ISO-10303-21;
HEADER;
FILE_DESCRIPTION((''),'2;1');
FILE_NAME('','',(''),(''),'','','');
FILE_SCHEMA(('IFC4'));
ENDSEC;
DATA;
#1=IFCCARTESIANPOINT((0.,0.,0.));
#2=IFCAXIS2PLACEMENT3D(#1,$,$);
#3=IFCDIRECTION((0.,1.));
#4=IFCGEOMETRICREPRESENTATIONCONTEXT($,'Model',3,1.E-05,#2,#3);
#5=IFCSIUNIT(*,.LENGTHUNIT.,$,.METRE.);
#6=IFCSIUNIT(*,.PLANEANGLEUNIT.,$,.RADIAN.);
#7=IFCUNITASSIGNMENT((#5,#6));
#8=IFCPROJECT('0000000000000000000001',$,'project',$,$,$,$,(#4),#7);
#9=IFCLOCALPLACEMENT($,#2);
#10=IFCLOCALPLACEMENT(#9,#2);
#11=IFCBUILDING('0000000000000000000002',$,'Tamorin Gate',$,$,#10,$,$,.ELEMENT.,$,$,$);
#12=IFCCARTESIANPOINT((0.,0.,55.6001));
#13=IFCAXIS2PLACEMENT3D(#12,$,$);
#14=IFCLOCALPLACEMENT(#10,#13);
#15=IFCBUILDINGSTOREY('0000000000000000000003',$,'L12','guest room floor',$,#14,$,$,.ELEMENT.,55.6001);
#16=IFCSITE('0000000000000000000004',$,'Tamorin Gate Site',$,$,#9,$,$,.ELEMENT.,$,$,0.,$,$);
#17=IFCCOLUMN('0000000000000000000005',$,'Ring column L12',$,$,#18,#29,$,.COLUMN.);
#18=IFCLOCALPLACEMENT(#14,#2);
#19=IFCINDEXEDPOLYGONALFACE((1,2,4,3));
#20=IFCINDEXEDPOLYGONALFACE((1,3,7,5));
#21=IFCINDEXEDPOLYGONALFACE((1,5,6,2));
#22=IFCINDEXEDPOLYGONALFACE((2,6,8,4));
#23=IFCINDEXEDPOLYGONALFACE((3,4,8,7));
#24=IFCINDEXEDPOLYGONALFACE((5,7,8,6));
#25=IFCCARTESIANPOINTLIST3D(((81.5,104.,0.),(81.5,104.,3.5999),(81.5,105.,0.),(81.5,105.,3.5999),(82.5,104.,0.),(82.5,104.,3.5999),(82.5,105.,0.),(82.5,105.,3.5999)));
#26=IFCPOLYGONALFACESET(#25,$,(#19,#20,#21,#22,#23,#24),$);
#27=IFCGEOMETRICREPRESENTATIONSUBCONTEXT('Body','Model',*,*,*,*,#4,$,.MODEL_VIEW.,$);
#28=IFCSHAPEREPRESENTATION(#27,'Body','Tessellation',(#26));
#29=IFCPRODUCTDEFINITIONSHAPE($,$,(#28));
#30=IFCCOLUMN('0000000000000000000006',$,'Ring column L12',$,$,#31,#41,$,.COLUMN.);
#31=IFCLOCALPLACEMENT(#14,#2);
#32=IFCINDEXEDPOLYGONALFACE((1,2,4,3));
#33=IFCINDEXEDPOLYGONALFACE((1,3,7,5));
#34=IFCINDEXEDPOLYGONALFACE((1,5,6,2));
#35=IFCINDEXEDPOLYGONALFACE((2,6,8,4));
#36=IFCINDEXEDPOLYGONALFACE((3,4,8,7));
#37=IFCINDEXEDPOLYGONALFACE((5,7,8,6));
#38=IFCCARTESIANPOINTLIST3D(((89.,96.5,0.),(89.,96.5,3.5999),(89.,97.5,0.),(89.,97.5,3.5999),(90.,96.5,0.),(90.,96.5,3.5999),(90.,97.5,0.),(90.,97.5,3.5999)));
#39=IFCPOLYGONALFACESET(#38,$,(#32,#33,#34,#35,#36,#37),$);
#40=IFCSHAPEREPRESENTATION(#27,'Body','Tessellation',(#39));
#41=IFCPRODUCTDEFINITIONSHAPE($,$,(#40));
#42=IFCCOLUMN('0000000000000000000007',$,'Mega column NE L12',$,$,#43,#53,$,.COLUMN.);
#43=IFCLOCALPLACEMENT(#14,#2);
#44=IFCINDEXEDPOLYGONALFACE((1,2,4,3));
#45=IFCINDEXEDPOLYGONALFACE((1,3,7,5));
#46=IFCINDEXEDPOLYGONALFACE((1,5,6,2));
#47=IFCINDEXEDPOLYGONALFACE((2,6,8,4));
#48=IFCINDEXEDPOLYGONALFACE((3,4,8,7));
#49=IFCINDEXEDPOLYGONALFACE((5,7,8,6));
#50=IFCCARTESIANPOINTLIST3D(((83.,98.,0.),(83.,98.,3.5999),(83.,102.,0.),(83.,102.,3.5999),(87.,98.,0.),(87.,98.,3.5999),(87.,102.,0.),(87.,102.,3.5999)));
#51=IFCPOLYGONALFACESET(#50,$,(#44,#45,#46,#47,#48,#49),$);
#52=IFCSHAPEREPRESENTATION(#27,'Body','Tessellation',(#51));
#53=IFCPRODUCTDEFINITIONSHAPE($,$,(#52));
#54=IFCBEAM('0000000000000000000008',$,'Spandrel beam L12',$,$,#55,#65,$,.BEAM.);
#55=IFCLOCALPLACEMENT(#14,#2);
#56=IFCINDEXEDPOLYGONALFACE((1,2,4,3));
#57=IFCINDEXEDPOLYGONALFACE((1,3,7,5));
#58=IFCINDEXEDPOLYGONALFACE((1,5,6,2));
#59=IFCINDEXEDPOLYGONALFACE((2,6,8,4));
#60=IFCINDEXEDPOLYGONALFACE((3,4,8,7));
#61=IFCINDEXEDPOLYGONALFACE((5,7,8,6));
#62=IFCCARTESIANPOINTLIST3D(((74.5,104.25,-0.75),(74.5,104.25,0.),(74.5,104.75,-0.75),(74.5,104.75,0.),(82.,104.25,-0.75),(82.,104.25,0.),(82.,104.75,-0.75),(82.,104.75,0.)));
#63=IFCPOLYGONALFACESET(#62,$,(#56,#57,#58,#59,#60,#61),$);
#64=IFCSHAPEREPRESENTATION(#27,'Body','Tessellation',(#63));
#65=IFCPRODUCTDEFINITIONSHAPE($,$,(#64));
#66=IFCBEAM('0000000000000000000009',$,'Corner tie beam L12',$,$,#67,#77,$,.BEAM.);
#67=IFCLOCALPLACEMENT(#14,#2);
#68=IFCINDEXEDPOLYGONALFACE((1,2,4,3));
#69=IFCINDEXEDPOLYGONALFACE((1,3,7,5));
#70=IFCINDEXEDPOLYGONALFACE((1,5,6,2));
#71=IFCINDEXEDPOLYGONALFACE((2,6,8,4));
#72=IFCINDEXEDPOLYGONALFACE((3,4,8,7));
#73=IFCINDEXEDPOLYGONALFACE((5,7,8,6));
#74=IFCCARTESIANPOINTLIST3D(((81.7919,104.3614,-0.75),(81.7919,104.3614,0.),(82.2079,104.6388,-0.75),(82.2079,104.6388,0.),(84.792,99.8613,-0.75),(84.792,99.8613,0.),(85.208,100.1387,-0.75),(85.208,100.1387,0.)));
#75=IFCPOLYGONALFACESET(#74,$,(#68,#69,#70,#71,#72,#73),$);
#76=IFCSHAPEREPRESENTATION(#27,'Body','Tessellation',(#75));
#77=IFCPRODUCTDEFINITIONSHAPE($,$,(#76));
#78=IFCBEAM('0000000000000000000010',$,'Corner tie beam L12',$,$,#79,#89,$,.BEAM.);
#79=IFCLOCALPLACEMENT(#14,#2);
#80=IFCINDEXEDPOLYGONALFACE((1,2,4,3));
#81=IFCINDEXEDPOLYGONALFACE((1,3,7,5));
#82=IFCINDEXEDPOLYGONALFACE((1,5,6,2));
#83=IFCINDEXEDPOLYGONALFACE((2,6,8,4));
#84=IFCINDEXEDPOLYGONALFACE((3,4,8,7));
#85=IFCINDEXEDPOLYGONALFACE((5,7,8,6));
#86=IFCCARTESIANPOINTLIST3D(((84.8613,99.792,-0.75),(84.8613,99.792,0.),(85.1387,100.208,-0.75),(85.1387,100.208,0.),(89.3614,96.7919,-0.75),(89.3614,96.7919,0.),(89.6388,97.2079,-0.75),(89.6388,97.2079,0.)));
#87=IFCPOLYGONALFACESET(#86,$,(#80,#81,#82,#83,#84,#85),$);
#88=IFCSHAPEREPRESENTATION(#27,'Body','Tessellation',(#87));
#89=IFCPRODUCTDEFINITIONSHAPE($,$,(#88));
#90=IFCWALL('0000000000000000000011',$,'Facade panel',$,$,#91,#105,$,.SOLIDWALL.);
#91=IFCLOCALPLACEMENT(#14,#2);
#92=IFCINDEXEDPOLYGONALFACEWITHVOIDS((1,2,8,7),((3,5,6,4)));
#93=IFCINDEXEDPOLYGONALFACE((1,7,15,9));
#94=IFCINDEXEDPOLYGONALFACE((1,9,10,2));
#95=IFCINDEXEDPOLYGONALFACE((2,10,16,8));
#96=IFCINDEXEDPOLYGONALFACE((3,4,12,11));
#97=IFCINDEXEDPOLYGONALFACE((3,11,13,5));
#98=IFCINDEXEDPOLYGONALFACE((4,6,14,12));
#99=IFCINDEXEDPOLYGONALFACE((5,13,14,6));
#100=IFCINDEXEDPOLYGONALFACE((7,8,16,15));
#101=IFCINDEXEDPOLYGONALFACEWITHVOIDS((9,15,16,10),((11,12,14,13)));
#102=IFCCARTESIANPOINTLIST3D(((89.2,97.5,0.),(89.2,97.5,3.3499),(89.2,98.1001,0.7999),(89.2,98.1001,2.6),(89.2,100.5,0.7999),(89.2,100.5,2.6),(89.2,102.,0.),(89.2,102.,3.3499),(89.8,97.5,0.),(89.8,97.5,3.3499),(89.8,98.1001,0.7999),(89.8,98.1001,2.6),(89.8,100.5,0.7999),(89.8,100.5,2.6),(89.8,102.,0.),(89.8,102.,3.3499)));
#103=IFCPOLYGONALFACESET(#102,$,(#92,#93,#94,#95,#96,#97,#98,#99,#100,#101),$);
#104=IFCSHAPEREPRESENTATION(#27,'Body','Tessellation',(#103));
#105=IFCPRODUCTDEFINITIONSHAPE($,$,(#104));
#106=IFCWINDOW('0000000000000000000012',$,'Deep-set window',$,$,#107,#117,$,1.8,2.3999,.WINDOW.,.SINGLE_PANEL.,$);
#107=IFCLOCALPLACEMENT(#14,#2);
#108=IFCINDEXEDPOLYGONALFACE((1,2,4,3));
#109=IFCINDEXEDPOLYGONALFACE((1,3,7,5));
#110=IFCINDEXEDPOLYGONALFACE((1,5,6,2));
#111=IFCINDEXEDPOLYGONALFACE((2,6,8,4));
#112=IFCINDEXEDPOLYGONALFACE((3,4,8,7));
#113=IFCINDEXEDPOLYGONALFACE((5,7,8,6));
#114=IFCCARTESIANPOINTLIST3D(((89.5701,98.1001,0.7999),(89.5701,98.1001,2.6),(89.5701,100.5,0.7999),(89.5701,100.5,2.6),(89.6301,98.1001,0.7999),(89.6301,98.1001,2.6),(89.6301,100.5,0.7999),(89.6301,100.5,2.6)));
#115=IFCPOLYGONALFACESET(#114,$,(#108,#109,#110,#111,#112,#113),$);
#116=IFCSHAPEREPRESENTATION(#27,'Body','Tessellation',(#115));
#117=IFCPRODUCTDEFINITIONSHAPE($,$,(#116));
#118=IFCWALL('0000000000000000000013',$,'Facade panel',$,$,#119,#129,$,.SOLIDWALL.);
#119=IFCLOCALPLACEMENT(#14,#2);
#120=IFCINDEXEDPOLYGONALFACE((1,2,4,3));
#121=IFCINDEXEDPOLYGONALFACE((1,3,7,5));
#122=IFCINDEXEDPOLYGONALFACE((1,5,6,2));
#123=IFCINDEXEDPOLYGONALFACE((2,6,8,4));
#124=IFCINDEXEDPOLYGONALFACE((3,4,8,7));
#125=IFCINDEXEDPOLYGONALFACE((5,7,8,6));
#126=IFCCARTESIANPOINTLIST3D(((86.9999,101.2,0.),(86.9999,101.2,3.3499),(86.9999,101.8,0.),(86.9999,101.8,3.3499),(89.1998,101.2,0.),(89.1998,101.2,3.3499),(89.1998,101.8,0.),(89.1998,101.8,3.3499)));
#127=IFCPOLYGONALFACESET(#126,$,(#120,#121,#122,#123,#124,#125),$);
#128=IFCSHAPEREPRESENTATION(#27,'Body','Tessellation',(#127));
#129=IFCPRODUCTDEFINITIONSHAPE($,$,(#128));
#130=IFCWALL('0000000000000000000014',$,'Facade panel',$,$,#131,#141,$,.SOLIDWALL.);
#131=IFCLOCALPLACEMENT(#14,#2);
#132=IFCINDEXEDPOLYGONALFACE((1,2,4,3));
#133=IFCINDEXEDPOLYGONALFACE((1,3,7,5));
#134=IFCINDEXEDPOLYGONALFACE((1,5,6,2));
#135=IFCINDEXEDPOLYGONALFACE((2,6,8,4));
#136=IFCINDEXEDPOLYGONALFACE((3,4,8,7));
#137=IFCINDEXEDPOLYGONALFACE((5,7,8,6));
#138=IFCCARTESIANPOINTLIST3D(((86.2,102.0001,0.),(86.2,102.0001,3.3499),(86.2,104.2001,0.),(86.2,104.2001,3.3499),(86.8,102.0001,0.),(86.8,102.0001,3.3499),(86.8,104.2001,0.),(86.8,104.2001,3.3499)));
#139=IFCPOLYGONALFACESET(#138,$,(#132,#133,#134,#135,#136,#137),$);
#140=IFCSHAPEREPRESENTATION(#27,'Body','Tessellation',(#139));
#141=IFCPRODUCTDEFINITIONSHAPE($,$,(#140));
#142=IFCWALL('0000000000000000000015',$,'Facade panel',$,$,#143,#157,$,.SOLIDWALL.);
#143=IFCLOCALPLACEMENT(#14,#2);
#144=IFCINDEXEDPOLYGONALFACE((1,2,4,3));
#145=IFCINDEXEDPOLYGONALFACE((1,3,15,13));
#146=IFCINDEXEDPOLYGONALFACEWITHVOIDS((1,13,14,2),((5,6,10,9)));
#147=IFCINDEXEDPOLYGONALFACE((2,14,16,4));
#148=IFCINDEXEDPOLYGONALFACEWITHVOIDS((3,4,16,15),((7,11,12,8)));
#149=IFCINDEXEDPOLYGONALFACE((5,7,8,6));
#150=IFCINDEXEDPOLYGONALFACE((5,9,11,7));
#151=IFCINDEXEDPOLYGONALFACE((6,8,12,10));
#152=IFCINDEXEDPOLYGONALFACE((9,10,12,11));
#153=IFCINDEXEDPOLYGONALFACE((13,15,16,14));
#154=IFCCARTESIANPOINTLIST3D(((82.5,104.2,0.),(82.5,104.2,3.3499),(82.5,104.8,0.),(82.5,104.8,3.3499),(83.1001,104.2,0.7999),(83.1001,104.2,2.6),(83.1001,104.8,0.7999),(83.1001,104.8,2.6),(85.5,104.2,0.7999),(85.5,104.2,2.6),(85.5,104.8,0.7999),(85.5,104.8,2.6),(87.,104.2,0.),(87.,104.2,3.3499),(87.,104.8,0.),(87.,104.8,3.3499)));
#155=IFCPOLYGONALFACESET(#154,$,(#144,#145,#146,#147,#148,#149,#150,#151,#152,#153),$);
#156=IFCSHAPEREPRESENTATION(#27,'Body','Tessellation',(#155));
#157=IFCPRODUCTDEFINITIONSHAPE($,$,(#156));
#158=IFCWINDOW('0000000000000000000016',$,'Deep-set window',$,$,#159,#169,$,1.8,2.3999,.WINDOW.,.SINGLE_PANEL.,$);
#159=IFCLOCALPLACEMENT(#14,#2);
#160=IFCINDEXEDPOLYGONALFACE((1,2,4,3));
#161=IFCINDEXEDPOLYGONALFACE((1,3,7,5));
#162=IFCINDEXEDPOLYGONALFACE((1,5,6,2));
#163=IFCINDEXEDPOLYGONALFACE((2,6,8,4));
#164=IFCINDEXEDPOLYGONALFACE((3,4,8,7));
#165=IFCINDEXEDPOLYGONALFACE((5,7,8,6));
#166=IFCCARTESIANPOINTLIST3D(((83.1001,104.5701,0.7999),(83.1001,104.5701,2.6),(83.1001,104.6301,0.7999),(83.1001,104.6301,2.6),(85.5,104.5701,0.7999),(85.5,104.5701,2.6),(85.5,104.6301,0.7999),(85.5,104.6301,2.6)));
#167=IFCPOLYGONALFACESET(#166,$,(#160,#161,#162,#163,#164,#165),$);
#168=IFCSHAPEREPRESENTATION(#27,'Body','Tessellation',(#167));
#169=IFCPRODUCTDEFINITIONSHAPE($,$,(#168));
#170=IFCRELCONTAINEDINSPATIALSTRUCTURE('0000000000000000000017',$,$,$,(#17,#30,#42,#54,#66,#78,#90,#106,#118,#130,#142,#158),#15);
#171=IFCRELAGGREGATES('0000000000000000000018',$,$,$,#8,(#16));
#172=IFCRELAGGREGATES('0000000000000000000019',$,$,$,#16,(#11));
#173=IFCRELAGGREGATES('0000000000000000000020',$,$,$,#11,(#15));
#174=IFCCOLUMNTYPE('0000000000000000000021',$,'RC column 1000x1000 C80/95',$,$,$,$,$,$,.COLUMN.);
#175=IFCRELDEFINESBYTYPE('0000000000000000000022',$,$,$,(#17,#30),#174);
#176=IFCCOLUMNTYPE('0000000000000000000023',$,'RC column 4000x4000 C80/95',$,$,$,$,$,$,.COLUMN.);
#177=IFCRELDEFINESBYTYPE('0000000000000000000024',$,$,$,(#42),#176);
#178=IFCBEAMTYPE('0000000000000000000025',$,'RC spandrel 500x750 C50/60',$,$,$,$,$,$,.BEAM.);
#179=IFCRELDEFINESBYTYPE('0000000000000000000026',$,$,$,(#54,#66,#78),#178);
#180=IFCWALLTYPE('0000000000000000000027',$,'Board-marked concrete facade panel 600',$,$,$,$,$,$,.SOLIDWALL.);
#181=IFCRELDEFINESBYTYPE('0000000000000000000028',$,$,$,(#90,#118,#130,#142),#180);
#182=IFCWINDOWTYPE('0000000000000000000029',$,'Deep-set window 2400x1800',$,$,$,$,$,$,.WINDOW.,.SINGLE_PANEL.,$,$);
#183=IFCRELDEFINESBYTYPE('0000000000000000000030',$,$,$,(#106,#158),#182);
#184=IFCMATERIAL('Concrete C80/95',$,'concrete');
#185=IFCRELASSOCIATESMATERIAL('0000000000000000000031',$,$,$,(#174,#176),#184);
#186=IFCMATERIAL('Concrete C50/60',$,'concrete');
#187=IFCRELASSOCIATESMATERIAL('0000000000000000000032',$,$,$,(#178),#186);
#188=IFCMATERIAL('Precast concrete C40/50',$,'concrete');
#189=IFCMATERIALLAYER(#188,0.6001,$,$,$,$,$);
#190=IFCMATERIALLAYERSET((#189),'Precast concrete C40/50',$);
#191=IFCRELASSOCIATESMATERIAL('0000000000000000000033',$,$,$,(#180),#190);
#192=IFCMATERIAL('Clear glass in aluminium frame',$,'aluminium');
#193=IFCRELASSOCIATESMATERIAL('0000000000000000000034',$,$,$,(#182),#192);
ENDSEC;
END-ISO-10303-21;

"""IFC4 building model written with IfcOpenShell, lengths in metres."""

from ifc_helpers import new_model, si_unit, direction, frame, frame_2d, origin, origin_2d, place, context, subcontext, project, spatial, rectangle, extrude, material, layer, layer_set, material_profile, profile_set, type_object, element, fill, save


model = new_model("IFC4")

# Units and contexts
model_context = context("Model", 3, precision=1e-05, world=origin(), true_north=direction((0.0, 1.0)))
body_context = subcontext(model_context, "Body", "Model", "MODEL_VIEW")
ifc_project = project(units=[si_unit("LENGTHUNIT", "METRE"), si_unit("PLANEANGLEUNIT", "RADIAN")], contexts=[model_context])

# Site, building, storey
site_placement = place(None, origin())
site = spatial("IfcSite", under=ifc_project, at=site_placement, Name="Tamorin Gate Site", CompositionType="ELEMENT", RefElevation=0.0)
building_placement = place(site_placement, origin())
building = spatial("IfcBuilding", under=site, at=building_placement, Name="Tamorin Gate", CompositionType="ELEMENT")
storey_placement = place(building_placement, frame((0.0, 0.0, 55.6001)))
storey = spatial("IfcBuildingStorey", under=building, at=storey_placement, Name="L12", Description="guest room floor", CompositionType="ELEMENT", Elevation=55.6001)

# Columns
ifc_material_1 = material(Name="Concrete C80/95", Category="concrete")
ifc_material_profile_1 = material_profile(ifc_material_1, rectangle(XDim=1.0, YDim=1.0, at=origin_2d()), Name="RC 1000x1000")
ifc_profile_set_1 = profile_set([ifc_material_profile_1], Name="Concrete C80/95")
column_type_1 = type_object("IfcColumnType", Name="RC column 1000x1000 C80/95", PredefinedType="COLUMN", material=ifc_profile_set_1)
for number, where, z_axis, x_axis, name in (
    (1, (82.0, 104.5, 0.0), (0.0, 0.0, 1.0), (1.0, 0.0, 0.0), "Ring column L12"),
    (2, (89.5, 97.0, 0.0), (0.0, 0.0, 1.0), (1.0, 0.0, 0.0), "Ring column L12"),
):
    element("IfcColumn", number, at=place(storey_placement, frame(where, z_axis=z_axis, x_axis=x_axis)), inside=storey, type_object=column_type_1, Name=name, PredefinedType="COLUMN", context=body_context, shape_type="SweptSolid", body=[
        extrude(rectangle(XDim=1.0, YDim=1.0, at=origin_2d()), origin(), (0.0, 0.0, 1.0), 3.5999),
    ])
ifc_material_profile_2 = material_profile(ifc_material_1, rectangle(XDim=4.0, YDim=4.0, at=origin_2d()), Name="RC 4000x4000")
ifc_profile_set_2 = profile_set([ifc_material_profile_2], Name="Concrete C80/95")
column_type_2 = type_object("IfcColumnType", Name="RC column 4000x4000 C80/95", PredefinedType="COLUMN", material=ifc_profile_set_2)
column_placement = place(storey_placement, frame((85.0, 100.0, 0.0), z_axis=(0.0, 0.0, 1.0), x_axis=(1.0, 0.0, 0.0)))
element("IfcColumn", 3, at=column_placement, inside=storey, type_object=column_type_2, Name="Mega column NE L12", PredefinedType="COLUMN", context=body_context, shape_type="SweptSolid", body=[
    extrude(rectangle(XDim=4.0, YDim=4.0, at=origin_2d()), origin(), (0.0, 0.0, 1.0), 3.5999),
])

# Beams
ifc_material_2 = material(Name="Concrete C50/60", Category="concrete")
ifc_material_profile_3 = material_profile(ifc_material_2, rectangle(XDim=0.5, YDim=0.75, at=origin_2d()), Name="RC 500x750")
ifc_profile_set_3 = profile_set([ifc_material_profile_3], Name="Concrete C50/60")
beam_type = type_object("IfcBeamType", Name="RC spandrel 500x750 C50/60", PredefinedType="BEAM", material=ifc_profile_set_3)
beam_placement = place(storey_placement, frame((82.0, 104.5, -0.375), z_axis=(-1.0, 0.0, 0.0), x_axis=(0.0, -1.0, 0.0)))
element("IfcBeam", 4, at=beam_placement, inside=storey, type_object=beam_type, Name="Spandrel beam L12", PredefinedType="BEAM", context=body_context, shape_type="SweptSolid", body=[
    extrude(rectangle(XDim=0.5, YDim=0.75, at=origin_2d()), origin(), (0.0, 0.0, 1.0), 7.5),
])
for number, where, z_axis, x_axis, name in (
    (5, (85.0, 100.0, -0.375), (-0.5547, 0.83205, 0.0), (-0.83205, -0.5547, 0.0), "Corner tie beam L12"),
    (6, (85.0, 100.0, -0.375), (0.83205, -0.5547, 0.0), (0.5547, 0.83205, 0.0), "Corner tie beam L12"),
):
    element("IfcBeam", number, at=place(storey_placement, frame(where, z_axis=z_axis, x_axis=x_axis)), inside=storey, type_object=beam_type, Name=name, PredefinedType="BEAM", context=body_context, shape_type="SweptSolid", body=[
        extrude(rectangle(XDim=0.5, YDim=0.75, at=origin_2d()), origin(), (0.0, 0.0, 1.0), 5.4084),
    ])

# Wall, opening, window
ifc_material_3 = material(Name="Precast concrete C40/50", Category="concrete")
ifc_layer_1 = layer(ifc_material_3, 0.6001)
ifc_layer_set_1 = layer_set([ifc_layer_1], Name="Precast concrete C40/50")
wall_type_1 = type_object("IfcWallType", Name="Board-marked concrete facade panel 600", PredefinedType="SOLIDWALL", material=ifc_layer_set_1)
wall_1_placement = place(storey_placement, frame((89.5, 97.5, 0.0), z_axis=(0.0, 0.0, 1.0), x_axis=(0.0, 1.0, 0.0)))
wall_1 = element("IfcWall", 7, at=wall_1_placement, inside=storey, type_object=wall_type_1, Name="Facade panel", PredefinedType="SOLIDWALL", context=body_context, shape_type="SweptSolid", body=[
    extrude(rectangle(XDim=4.5, YDim=0.6001, at=frame_2d((2.25, 0.0))), origin(), (0.0, 0.0, 1.0), 3.3499),
])
opening_1_placement = place(wall_1_placement, frame((0.6001, 0.0, 0.8)))
opening_1 = element("IfcOpeningElement", 8, at=opening_1_placement, cuts=wall_1, PredefinedType="OPENING", context=body_context, shape_type="SweptSolid", body=[
    extrude(rectangle(XDim=2.3999, YDim=1.8, at=frame_2d((1.2, 0.8999))), frame((0.0, 0.3101, 0.0), z_axis=(0.0, -1.0, 0.0), x_axis=(1.0, 0.0, 0.0)), (0.0, 0.0, 1.0), 0.6201),
])
ifc_material_4 = material(Name="Clear glass in aluminium frame", Category="aluminium")
window_type = type_object("IfcWindowType", Name="Deep-set window 2400x1800", PartitioningType="SINGLE_PANEL", PredefinedType="WINDOW", material=ifc_material_4)
window_1_placement = place(opening_1_placement, origin())
window_1 = element("IfcWindow", 9, at=window_1_placement, inside=storey, type_object=window_type, Name="Deep-set window", OverallHeight=1.8, OverallWidth=2.3999, PartitioningType="SINGLE_PANEL", PredefinedType="WINDOW", context=body_context, shape_type="SweptSolid", body=[
    extrude(rectangle(XDim=2.3999, YDim=1.8, at=frame_2d((1.2, 0.8999))), frame((0.0, -0.0701, 0.0), z_axis=(0.0, -1.0, 0.0), x_axis=(1.0, 0.0, 0.0)), (0.0, 0.0, 1.0), 0.0601),
])
fill(opening_1, window_1)

# Walls
for number, where, z_axis, x_axis, name in (
    (10, (89.2, 101.5, 0.0), (0.0, 0.0, 1.0), (-1.0, 0.0, 0.0), "Facade panel"),
    (11, (86.5, 102.0, 0.0), (0.0, 0.0, 1.0), (0.0, 1.0, 0.0), "Facade panel"),
):
    element("IfcWall", number, at=place(storey_placement, frame(where, z_axis=z_axis, x_axis=x_axis)), inside=storey, type_object=wall_type_1, Name=name, PredefinedType="SOLIDWALL", context=body_context, shape_type="SweptSolid", body=[
        extrude(rectangle(XDim=2.2, YDim=0.6001, at=frame_2d((1.1001, 0.0))), origin(), (0.0, 0.0, 1.0), 3.3499),
    ])

# Wall, opening, window
wall_2_placement = place(storey_placement, frame((87.0, 104.5, 0.0), z_axis=(0.0, 0.0, 1.0), x_axis=(-1.0, 0.0, 0.0)))
wall_2 = element("IfcWall", 12, at=wall_2_placement, inside=storey, type_object=wall_type_1, Name="Facade panel", PredefinedType="SOLIDWALL", context=body_context, shape_type="SweptSolid", body=[
    extrude(rectangle(XDim=4.5, YDim=0.6001, at=frame_2d((2.25, 0.0))), origin(), (0.0, 0.0, 1.0), 3.3499),
])
opening_2_placement = place(wall_2_placement, frame((1.5, 0.0, 0.8)))
opening_2 = element("IfcOpeningElement", 13, at=opening_2_placement, cuts=wall_2, PredefinedType="OPENING", context=body_context, shape_type="SweptSolid", body=[
    extrude(rectangle(XDim=2.3999, YDim=1.8, at=frame_2d((1.2, 0.8999))), frame((0.0, 0.3101, 0.0), z_axis=(0.0, -1.0, 0.0), x_axis=(1.0, 0.0, 0.0)), (0.0, 0.0, 1.0), 0.6201),
])
window_2_placement = place(opening_2_placement, origin())
window_2 = element("IfcWindow", 14, at=window_2_placement, inside=storey, type_object=window_type, Name="Deep-set window", OverallHeight=1.8, OverallWidth=2.3999, PartitioningType="SINGLE_PANEL", PredefinedType="WINDOW", context=body_context, shape_type="SweptSolid", body=[
    extrude(rectangle(XDim=2.3999, YDim=1.8, at=frame_2d((1.2, 0.8999))), frame((0.0, -0.0701, 0.0), z_axis=(0.0, -1.0, 0.0), x_axis=(1.0, 0.0, 0.0)), (0.0, 0.0, 1.0), 0.0601),
])
fill(opening_2, window_2)

save(model, "model.ifc")
